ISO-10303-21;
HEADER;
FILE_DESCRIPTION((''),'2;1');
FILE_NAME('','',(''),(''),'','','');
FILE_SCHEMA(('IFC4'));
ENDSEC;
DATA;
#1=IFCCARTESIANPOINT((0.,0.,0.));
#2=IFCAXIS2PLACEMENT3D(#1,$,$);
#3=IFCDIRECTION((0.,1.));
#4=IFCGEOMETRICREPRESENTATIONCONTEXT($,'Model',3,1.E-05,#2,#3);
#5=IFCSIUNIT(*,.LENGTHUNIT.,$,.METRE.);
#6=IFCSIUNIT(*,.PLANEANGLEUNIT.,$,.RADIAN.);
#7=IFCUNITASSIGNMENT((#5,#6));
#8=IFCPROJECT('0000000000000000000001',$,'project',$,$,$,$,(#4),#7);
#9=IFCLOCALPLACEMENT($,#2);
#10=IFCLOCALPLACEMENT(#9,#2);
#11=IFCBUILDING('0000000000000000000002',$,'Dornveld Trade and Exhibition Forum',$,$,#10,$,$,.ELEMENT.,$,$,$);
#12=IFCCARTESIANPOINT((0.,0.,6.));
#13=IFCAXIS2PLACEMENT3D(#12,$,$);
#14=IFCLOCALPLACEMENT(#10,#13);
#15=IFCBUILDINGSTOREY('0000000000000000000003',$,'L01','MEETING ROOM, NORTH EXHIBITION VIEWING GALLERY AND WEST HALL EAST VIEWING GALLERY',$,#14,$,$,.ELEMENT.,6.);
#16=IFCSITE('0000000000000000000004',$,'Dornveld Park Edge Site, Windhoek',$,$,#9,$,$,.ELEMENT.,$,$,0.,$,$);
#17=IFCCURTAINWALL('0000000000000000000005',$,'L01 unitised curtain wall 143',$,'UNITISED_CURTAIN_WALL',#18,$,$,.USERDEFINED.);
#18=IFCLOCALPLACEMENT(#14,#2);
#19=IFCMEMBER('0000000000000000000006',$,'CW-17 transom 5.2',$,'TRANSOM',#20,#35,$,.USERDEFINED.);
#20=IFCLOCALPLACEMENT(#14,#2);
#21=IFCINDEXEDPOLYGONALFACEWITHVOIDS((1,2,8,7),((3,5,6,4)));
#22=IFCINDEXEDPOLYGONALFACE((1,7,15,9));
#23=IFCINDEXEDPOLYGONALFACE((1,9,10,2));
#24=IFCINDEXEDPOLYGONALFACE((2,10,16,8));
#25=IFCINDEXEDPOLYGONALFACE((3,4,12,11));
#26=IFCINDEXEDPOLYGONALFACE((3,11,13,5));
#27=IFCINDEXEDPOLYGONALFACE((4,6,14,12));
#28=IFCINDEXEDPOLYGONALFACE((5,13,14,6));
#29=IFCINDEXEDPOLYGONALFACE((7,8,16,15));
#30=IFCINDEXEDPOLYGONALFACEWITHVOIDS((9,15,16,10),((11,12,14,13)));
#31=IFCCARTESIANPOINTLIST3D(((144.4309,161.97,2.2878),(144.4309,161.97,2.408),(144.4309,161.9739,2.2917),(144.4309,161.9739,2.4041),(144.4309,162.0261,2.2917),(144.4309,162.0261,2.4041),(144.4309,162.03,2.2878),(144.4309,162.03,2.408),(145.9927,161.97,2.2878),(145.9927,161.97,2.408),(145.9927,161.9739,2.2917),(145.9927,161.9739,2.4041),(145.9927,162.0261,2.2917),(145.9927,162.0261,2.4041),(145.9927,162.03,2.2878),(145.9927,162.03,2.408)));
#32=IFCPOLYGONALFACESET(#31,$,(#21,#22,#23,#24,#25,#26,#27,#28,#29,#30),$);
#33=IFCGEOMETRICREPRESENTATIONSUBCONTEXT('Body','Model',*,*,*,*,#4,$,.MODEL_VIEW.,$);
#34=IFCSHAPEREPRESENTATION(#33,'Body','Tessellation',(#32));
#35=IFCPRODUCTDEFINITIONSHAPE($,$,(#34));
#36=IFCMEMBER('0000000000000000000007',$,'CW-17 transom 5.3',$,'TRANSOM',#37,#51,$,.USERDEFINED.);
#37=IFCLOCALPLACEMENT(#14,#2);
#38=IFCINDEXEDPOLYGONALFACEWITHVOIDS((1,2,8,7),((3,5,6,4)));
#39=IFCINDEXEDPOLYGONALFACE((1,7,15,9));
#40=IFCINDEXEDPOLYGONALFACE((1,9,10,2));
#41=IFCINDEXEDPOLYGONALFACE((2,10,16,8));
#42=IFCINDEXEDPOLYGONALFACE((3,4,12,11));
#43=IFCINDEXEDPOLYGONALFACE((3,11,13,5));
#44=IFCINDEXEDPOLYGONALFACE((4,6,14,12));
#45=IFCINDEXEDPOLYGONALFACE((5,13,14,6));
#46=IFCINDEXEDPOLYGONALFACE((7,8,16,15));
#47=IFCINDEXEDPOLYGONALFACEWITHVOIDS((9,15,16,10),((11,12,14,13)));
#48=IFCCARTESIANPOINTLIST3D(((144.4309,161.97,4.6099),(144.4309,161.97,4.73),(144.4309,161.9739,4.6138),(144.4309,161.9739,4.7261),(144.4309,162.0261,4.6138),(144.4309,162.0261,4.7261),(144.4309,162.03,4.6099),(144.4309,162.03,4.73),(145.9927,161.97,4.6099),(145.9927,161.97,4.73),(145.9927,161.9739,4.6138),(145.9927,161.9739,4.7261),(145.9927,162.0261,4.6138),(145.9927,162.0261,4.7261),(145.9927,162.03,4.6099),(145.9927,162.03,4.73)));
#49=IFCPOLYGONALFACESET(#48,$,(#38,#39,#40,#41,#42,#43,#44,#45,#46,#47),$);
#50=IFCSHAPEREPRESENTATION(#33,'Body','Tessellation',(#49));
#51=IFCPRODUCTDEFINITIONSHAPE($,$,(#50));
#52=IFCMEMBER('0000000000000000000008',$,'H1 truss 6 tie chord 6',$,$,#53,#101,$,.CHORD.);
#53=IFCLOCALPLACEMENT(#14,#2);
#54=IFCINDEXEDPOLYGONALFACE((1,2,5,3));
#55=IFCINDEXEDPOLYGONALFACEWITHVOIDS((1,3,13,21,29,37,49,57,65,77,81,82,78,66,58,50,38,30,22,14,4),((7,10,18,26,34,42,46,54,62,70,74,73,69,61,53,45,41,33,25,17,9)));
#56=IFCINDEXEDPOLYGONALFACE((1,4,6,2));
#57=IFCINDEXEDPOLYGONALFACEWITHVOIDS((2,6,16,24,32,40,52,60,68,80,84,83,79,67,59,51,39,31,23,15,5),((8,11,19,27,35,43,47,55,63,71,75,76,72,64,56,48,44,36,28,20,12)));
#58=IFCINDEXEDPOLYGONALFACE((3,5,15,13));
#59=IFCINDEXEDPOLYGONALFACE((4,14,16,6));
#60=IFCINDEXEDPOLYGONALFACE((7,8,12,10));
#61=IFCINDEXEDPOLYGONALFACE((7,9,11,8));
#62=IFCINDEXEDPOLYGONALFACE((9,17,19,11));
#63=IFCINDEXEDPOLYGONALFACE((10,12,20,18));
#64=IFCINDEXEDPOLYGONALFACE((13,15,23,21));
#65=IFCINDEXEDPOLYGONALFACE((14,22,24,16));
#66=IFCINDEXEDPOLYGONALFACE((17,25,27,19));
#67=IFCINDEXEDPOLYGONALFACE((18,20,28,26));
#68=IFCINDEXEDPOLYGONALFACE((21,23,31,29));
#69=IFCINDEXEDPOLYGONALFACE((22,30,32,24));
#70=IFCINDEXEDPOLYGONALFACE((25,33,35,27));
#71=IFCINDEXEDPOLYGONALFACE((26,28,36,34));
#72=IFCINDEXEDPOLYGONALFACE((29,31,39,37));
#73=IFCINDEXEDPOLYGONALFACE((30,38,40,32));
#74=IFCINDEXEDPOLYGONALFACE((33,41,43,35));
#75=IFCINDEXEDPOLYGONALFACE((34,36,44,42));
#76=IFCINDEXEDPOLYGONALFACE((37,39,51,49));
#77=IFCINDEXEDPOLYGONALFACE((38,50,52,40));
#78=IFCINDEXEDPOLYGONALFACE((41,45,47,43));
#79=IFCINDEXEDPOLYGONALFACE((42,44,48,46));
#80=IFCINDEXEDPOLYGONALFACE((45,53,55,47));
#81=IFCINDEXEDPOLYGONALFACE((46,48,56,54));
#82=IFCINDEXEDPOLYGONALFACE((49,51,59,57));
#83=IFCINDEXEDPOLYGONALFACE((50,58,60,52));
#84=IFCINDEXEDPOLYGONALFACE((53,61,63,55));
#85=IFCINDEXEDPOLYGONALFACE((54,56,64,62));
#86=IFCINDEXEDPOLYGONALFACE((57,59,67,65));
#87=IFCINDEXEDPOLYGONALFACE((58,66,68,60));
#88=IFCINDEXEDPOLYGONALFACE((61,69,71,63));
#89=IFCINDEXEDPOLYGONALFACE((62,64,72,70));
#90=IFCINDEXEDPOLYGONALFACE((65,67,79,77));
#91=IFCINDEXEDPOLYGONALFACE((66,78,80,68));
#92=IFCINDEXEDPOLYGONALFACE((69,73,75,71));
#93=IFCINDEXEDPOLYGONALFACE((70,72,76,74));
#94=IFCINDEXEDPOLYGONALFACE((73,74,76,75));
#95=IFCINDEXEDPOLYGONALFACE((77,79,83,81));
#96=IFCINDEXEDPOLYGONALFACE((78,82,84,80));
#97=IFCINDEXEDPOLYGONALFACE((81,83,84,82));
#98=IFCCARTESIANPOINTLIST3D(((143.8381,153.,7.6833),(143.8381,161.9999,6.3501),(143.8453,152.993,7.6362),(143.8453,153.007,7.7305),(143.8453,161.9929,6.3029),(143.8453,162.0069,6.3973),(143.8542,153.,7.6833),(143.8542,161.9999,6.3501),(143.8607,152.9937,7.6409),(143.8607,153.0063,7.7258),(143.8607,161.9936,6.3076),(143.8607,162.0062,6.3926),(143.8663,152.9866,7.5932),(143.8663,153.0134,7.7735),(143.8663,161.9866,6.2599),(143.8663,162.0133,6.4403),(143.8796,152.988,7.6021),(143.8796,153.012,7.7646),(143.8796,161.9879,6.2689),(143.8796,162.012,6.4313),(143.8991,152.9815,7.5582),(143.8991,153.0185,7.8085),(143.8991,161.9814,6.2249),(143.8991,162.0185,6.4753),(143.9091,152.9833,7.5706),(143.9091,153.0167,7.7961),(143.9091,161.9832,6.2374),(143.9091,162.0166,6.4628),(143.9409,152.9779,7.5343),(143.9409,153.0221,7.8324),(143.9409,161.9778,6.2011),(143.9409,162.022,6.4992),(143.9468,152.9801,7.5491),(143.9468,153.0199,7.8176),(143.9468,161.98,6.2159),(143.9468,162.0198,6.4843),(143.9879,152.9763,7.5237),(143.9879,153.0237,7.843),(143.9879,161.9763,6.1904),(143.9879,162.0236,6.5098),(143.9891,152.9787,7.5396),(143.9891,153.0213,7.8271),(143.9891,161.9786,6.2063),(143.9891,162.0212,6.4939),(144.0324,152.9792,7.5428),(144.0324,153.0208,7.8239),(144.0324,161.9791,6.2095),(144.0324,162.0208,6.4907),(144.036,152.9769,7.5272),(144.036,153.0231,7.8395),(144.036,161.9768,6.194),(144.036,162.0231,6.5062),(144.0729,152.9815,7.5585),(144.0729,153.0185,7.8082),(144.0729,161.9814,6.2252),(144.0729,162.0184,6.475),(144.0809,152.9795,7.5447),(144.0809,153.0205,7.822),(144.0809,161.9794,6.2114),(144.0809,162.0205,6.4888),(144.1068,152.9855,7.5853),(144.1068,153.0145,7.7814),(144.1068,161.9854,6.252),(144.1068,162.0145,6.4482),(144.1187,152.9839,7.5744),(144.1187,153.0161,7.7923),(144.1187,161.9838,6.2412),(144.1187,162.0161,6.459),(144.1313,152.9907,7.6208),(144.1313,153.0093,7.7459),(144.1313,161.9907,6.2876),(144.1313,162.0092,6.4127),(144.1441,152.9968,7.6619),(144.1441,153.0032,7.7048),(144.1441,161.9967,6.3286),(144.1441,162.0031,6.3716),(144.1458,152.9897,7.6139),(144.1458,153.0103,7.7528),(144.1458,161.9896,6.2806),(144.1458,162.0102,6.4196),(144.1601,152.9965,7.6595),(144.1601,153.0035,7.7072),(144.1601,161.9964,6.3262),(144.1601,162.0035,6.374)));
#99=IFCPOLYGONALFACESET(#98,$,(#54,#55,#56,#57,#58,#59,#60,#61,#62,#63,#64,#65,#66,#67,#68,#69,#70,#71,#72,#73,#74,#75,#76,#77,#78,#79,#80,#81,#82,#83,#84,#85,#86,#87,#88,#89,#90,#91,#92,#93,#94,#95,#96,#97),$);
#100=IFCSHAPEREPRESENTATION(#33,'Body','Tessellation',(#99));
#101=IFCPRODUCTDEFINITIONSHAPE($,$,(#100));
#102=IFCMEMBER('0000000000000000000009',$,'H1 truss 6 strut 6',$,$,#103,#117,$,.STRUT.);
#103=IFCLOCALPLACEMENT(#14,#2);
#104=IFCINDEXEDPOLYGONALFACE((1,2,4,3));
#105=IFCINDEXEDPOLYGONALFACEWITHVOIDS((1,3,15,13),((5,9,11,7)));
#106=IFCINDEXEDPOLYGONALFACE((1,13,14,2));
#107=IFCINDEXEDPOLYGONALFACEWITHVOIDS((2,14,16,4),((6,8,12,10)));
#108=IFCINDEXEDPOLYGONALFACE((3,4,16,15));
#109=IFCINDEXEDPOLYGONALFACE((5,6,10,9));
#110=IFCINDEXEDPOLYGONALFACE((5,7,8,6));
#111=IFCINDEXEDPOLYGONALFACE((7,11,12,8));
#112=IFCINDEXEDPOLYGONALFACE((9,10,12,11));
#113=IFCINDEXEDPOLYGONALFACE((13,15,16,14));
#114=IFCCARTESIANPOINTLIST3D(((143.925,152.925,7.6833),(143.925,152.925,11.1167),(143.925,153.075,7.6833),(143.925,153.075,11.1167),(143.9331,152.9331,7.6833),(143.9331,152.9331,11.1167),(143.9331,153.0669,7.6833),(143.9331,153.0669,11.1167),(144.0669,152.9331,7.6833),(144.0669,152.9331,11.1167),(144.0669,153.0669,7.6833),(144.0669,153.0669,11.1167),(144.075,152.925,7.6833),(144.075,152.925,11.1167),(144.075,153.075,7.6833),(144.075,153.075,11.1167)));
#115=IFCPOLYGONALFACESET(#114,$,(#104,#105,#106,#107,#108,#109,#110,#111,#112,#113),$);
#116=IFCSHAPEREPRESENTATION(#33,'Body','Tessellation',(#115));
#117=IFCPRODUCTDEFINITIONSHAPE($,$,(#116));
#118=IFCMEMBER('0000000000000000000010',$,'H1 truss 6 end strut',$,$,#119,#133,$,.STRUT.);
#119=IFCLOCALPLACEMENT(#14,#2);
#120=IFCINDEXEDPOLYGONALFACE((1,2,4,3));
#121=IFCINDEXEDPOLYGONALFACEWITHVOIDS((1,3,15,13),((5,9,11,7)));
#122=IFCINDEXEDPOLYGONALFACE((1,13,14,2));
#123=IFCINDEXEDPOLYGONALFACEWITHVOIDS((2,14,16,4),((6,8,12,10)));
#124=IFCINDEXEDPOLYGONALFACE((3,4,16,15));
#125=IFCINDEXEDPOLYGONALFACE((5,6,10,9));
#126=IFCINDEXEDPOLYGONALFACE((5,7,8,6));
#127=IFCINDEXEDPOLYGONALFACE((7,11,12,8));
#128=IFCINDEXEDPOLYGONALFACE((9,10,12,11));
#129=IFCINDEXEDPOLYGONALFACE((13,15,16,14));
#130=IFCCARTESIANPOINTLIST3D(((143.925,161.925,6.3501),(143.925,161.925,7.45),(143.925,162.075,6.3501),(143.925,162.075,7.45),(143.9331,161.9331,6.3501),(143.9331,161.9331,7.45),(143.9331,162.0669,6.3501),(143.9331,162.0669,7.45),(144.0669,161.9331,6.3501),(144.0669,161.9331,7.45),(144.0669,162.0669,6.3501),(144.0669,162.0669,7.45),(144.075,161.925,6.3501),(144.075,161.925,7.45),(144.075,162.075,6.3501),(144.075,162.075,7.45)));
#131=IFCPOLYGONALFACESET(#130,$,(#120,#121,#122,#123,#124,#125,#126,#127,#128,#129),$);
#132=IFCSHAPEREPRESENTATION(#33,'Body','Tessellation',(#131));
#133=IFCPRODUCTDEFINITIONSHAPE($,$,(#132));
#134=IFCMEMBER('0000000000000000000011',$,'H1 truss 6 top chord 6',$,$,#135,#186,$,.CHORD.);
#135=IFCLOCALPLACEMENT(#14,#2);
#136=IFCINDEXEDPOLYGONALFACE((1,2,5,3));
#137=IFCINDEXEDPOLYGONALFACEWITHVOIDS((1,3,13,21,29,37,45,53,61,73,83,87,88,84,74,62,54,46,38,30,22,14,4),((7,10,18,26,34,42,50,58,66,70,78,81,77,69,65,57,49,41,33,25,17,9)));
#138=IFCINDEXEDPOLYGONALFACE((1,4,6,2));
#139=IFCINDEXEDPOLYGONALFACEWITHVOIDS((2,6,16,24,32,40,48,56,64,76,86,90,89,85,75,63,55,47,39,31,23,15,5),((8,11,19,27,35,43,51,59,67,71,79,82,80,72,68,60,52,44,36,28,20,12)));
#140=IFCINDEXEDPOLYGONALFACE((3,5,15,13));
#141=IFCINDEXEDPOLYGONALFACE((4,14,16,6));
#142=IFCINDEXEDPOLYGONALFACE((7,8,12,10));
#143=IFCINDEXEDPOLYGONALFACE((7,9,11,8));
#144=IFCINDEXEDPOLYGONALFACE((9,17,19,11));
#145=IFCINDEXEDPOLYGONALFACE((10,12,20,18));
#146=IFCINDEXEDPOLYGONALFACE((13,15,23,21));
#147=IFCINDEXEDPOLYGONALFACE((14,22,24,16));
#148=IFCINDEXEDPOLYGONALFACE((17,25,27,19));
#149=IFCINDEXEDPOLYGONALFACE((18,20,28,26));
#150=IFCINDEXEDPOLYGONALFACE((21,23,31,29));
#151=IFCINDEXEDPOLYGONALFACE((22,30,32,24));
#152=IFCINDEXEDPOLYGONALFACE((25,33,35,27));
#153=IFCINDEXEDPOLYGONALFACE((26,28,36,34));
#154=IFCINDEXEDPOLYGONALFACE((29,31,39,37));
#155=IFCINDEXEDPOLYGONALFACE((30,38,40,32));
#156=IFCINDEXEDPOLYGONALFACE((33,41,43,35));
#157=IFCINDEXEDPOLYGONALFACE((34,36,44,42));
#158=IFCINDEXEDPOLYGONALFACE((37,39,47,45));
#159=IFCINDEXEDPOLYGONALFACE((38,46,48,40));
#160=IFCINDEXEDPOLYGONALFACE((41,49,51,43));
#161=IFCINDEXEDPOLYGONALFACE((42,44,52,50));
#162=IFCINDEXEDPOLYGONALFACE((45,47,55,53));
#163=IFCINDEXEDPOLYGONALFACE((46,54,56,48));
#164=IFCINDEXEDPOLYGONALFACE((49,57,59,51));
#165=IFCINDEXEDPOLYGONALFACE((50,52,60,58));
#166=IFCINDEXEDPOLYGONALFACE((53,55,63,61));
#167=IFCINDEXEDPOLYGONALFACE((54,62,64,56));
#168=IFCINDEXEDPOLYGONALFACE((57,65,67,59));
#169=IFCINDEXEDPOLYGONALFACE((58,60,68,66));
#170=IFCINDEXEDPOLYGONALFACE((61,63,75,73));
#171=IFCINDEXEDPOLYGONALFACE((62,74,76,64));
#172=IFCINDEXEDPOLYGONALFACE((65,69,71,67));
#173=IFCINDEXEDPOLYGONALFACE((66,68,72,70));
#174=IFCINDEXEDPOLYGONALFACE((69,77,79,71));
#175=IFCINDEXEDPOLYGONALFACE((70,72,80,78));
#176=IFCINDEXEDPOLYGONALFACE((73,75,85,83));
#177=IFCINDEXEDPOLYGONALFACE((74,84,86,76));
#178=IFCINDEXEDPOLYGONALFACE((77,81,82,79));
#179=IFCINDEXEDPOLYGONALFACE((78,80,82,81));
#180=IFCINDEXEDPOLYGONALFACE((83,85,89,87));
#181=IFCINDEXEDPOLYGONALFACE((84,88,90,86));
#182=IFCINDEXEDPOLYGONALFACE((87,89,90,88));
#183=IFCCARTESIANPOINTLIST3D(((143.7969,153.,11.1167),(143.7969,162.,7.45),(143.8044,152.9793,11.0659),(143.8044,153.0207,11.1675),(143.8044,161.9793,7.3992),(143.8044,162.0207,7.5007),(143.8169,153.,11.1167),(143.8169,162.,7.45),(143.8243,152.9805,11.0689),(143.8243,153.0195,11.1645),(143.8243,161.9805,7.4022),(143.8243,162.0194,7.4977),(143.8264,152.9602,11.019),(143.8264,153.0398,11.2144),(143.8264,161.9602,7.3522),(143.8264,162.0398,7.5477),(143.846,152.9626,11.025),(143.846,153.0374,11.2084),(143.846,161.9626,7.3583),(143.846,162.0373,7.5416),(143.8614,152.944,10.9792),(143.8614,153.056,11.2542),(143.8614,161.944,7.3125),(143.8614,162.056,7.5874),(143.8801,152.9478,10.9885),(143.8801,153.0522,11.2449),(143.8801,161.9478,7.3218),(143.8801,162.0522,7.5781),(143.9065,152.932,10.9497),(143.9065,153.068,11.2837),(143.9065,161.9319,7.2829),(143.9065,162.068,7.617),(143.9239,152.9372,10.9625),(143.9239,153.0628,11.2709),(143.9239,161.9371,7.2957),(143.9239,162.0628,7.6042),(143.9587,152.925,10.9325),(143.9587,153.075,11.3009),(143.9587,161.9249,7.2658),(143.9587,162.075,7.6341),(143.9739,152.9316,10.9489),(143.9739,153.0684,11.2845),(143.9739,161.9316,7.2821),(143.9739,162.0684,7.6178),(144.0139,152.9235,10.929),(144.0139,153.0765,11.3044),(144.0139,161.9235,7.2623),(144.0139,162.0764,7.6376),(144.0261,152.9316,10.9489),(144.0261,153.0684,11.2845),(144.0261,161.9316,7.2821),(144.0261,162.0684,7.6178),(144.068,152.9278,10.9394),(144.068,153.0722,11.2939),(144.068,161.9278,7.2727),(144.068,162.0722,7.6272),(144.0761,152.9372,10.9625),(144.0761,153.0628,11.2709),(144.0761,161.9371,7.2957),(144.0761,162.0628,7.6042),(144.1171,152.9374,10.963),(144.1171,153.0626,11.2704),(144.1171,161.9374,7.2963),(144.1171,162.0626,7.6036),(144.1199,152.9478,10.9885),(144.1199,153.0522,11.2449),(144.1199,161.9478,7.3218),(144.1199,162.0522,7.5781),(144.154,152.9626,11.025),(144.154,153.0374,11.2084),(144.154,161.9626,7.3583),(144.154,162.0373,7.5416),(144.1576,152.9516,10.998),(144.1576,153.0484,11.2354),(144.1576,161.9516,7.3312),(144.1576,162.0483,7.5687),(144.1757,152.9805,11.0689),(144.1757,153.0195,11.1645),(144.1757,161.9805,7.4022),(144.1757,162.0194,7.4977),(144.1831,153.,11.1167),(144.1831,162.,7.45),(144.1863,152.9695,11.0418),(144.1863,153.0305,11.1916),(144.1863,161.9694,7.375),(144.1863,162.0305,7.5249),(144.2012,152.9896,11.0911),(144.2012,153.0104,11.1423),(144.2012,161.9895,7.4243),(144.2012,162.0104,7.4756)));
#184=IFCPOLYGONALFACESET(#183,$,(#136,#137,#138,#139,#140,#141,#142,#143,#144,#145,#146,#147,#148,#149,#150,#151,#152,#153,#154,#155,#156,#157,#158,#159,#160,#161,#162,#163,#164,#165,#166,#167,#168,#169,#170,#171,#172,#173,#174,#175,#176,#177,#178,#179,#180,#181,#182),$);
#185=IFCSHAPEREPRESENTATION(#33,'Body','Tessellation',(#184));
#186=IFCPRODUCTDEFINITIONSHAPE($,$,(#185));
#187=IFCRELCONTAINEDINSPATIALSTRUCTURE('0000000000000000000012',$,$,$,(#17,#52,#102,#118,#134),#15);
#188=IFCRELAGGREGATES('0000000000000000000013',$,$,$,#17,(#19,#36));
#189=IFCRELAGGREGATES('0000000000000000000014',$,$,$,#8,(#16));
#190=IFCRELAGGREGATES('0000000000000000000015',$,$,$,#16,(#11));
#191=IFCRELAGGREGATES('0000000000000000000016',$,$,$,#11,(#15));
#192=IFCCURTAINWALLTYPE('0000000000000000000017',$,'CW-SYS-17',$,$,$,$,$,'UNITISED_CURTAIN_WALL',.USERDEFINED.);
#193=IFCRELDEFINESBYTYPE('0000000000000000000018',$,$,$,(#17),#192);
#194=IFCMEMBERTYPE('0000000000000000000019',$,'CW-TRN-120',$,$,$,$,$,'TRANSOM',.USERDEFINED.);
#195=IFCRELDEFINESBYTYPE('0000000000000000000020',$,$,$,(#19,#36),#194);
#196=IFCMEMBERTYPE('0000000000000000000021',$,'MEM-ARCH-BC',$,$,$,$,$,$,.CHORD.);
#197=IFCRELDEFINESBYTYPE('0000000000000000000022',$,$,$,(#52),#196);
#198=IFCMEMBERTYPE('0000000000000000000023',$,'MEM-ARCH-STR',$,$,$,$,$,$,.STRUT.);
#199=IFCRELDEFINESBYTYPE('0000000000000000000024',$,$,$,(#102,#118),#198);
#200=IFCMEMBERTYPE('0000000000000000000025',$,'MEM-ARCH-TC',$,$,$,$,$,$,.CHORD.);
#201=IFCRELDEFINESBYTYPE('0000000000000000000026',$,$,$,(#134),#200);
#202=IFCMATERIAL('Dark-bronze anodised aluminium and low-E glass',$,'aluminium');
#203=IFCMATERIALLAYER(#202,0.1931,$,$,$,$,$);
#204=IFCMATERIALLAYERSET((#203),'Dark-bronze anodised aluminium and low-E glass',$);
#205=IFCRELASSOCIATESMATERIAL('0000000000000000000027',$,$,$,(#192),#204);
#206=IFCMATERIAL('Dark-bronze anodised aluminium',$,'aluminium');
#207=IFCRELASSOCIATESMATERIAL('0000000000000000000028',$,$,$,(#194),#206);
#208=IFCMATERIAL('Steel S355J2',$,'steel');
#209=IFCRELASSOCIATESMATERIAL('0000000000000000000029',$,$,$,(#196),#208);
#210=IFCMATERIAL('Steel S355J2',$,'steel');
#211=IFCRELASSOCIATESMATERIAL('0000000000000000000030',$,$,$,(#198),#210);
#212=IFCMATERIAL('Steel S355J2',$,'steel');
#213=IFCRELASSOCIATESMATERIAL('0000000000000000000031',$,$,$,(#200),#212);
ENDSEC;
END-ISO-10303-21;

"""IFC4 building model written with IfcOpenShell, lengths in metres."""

from ifc_helpers import new_model, si_unit, direction, frame, origin, origin_2d, place, context, subcontext, project, spatial, hollow_rectangle, hollow_circle, extrude, material, layer, layer_set, material_profile, profile_set, type_object, element, aggregate, save


model = new_model("IFC4")

# Units and contexts
model_context = context("Model", 3, precision=1e-05, world=origin(), true_north=direction((0.0, 1.0)))
body_context = subcontext(model_context, "Body", "Model", "MODEL_VIEW")
ifc_project = project(units=[si_unit("LENGTHUNIT", "METRE"), si_unit("PLANEANGLEUNIT", "RADIAN")], contexts=[model_context])

# Site, building, storey
site_placement = place(None, origin())
site = spatial("IfcSite", under=ifc_project, at=site_placement, Name="Dornveld Park Edge Site, Windhoek", CompositionType="ELEMENT", RefElevation=0.0)
building_placement = place(site_placement, origin())
building = spatial("IfcBuilding", under=site, at=building_placement, Name="Dornveld Trade and Exhibition Forum", CompositionType="ELEMENT")
storey_placement = place(building_placement, frame((0.0, 0.0, 6.0)))
storey = spatial("IfcBuildingStorey", under=building, at=storey_placement, Name="L01", Description="MEETING ROOM, NORTH EXHIBITION VIEWING GALLERY AND WEST HALL EAST VIEWING GALLERY", CompositionType="ELEMENT", Elevation=6.0)

# Curtain wall, members
ifc_material_1 = material(Name="Dark-bronze anodised aluminium and low-E glass", Category="aluminium")
ifc_layer_1 = layer(ifc_material_1, 0.1931)
ifc_layer_set_1 = layer_set([ifc_layer_1], Name="Dark-bronze anodised aluminium and low-E glass")
curtain_wall_type = type_object("IfcCurtainWallType", Name="CW-SYS-17", ElementType="UNITISED_CURTAIN_WALL", PredefinedType="USERDEFINED", material=ifc_layer_set_1)
curtain_wall_placement = place(storey_placement, origin())
curtain_wall = element("IfcCurtainWall", 1, at=curtain_wall_placement, inside=storey, type_object=curtain_wall_type, Name="L01 unitised curtain wall 143", ObjectType="UNITISED_CURTAIN_WALL", PredefinedType="USERDEFINED")
ifc_material_2 = material(Name="Dark-bronze anodised aluminium", Category="aluminium")
ifc_material_profile_1 = material_profile(ifc_material_2, hollow_rectangle(XDim=0.0601, YDim=0.1201, WallThickness=0.0039, at=origin_2d()), Name="RHS 120x60x4")
ifc_profile_set_1 = profile_set([ifc_material_profile_1], Name="Dark-bronze anodised aluminium")
member_type_1 = type_object("IfcMemberType", Name="CW-TRN-120", ElementType="TRANSOM", PredefinedType="USERDEFINED", material=ifc_profile_set_1)
member_1_placement = place(storey_placement, frame((145.9927, 162.0, 2.3479), z_axis=(-1.0, 0.0, 0.0), x_axis=(0.0, -1.0, 0.0)))
member_1 = element("IfcMember", 2, at=member_1_placement, type_object=member_type_1, Name="CW-17 transom 5.2", ObjectType="TRANSOM", PredefinedType="USERDEFINED", context=body_context, shape_type="SweptSolid", body=[
    extrude(hollow_rectangle(XDim=0.0601, YDim=0.1201, WallThickness=0.0039, at=origin_2d()), origin(), (0.0, 0.0, 1.0), 1.5618),
])
member_2_placement = place(storey_placement, frame((145.9927, 162.0, 4.6699), z_axis=(-1.0, 0.0, 0.0), x_axis=(0.0, -1.0, 0.0)))
member_2 = element("IfcMember", 3, at=member_2_placement, type_object=member_type_1, Name="CW-17 transom 5.3", ObjectType="TRANSOM", PredefinedType="USERDEFINED", context=body_context, shape_type="SweptSolid", body=[
    extrude(hollow_rectangle(XDim=0.0601, YDim=0.1201, WallThickness=0.0039, at=origin_2d()), origin(), (0.0, 0.0, 1.0), 1.5618),
])

# Members
ifc_material_3 = material(Name="Steel S355J2", Category="steel")
ifc_material_profile_2 = material_profile(ifc_material_3, hollow_circle(Radius=0.1619, WallThickness=0.0161, at=origin_2d()), Name="CHS 323.9x16")
ifc_profile_set_2 = profile_set([ifc_material_profile_2], Name="Steel S355J2")
member_type_2 = type_object("IfcMemberType", Name="MEM-ARCH-BC", PredefinedType="CHORD", material=ifc_profile_set_2)
member_3_placement = place(storey_placement, frame((144.0, 153.0, 7.6833), z_axis=(0.0, 0.989205, -0.14654), x_axis=(-1.0, 0.0, 0.0)))
element("IfcMember", 4, at=member_3_placement, inside=storey, type_object=member_type_2, Name="H1 truss 6 tie chord 6", PredefinedType="CHORD", context=body_context, shape_type="SweptSolid", body=[
    extrude(hollow_circle(Radius=0.1619, WallThickness=0.0161, at=origin_2d()), origin(), (0.0, 0.0, 1.0), 9.0981),
])
ifc_material_4 = material(Name="Steel S355J2", Category="steel")
ifc_material_profile_3 = material_profile(ifc_material_4, hollow_rectangle(XDim=0.1499, YDim=0.1499, WallThickness=0.0081, at=origin_2d()), Name="SHS 150x150x8")
ifc_profile_set_3 = profile_set([ifc_material_profile_3], Name="Steel S355J2")
member_type_3 = type_object("IfcMemberType", Name="MEM-ARCH-STR", PredefinedType="STRUT", material=ifc_profile_set_3)
member_4_placement = place(storey_placement, frame((144.0, 153.0, 7.6833), z_axis=(0.0, 0.0, 1.0), x_axis=(1.0, 0.0, 0.0)))
element("IfcMember", 5, at=member_4_placement, inside=storey, type_object=member_type_3, Name="H1 truss 6 strut 6", PredefinedType="STRUT", context=body_context, shape_type="SweptSolid", body=[
    extrude(hollow_rectangle(XDim=0.1499, YDim=0.1499, WallThickness=0.0081, at=origin_2d()), origin(), (0.0, 0.0, 1.0), 3.4333),
])
member_5_placement = place(storey_placement, frame((144.0, 162.0, 6.3501), z_axis=(0.0, 0.0, 1.0), x_axis=(1.0, 0.0, 0.0)))
element("IfcMember", 6, at=member_5_placement, inside=storey, type_object=member_type_3, Name="H1 truss 6 end strut", PredefinedType="STRUT", context=body_context, shape_type="SweptSolid", body=[
    extrude(hollow_rectangle(XDim=0.1499, YDim=0.1499, WallThickness=0.0081, at=origin_2d()), origin(), (0.0, 0.0, 1.0), 1.0999),
])
ifc_material_5 = material(Name="Steel S355J2", Category="steel")
ifc_material_profile_4 = material_profile(ifc_material_5, hollow_circle(Radius=0.2031, WallThickness=0.02, at=origin_2d()), Name="CHS 406.4x20")
ifc_profile_set_4 = profile_set([ifc_material_profile_4], Name="Steel S355J2")
member_type_4 = type_object("IfcMemberType", Name="MEM-ARCH-TC", PredefinedType="CHORD", material=ifc_profile_set_4)
member_6_placement = place(storey_placement, frame((144.0, 153.0, 11.1167), z_axis=(0.0, 0.926089, -0.377304), x_axis=(-1.0, 0.0, 0.0)))
element("IfcMember", 7, at=member_6_placement, inside=storey, type_object=member_type_4, Name="H1 truss 6 top chord 6", PredefinedType="CHORD", context=body_context, shape_type="SweptSolid", body=[
    extrude(hollow_circle(Radius=0.2031, WallThickness=0.02, at=origin_2d()), origin(), (0.0, 0.0, 1.0), 9.7183),
])

aggregate(curtain_wall, [member_1, member_2])

save(model, "model.ifc")
